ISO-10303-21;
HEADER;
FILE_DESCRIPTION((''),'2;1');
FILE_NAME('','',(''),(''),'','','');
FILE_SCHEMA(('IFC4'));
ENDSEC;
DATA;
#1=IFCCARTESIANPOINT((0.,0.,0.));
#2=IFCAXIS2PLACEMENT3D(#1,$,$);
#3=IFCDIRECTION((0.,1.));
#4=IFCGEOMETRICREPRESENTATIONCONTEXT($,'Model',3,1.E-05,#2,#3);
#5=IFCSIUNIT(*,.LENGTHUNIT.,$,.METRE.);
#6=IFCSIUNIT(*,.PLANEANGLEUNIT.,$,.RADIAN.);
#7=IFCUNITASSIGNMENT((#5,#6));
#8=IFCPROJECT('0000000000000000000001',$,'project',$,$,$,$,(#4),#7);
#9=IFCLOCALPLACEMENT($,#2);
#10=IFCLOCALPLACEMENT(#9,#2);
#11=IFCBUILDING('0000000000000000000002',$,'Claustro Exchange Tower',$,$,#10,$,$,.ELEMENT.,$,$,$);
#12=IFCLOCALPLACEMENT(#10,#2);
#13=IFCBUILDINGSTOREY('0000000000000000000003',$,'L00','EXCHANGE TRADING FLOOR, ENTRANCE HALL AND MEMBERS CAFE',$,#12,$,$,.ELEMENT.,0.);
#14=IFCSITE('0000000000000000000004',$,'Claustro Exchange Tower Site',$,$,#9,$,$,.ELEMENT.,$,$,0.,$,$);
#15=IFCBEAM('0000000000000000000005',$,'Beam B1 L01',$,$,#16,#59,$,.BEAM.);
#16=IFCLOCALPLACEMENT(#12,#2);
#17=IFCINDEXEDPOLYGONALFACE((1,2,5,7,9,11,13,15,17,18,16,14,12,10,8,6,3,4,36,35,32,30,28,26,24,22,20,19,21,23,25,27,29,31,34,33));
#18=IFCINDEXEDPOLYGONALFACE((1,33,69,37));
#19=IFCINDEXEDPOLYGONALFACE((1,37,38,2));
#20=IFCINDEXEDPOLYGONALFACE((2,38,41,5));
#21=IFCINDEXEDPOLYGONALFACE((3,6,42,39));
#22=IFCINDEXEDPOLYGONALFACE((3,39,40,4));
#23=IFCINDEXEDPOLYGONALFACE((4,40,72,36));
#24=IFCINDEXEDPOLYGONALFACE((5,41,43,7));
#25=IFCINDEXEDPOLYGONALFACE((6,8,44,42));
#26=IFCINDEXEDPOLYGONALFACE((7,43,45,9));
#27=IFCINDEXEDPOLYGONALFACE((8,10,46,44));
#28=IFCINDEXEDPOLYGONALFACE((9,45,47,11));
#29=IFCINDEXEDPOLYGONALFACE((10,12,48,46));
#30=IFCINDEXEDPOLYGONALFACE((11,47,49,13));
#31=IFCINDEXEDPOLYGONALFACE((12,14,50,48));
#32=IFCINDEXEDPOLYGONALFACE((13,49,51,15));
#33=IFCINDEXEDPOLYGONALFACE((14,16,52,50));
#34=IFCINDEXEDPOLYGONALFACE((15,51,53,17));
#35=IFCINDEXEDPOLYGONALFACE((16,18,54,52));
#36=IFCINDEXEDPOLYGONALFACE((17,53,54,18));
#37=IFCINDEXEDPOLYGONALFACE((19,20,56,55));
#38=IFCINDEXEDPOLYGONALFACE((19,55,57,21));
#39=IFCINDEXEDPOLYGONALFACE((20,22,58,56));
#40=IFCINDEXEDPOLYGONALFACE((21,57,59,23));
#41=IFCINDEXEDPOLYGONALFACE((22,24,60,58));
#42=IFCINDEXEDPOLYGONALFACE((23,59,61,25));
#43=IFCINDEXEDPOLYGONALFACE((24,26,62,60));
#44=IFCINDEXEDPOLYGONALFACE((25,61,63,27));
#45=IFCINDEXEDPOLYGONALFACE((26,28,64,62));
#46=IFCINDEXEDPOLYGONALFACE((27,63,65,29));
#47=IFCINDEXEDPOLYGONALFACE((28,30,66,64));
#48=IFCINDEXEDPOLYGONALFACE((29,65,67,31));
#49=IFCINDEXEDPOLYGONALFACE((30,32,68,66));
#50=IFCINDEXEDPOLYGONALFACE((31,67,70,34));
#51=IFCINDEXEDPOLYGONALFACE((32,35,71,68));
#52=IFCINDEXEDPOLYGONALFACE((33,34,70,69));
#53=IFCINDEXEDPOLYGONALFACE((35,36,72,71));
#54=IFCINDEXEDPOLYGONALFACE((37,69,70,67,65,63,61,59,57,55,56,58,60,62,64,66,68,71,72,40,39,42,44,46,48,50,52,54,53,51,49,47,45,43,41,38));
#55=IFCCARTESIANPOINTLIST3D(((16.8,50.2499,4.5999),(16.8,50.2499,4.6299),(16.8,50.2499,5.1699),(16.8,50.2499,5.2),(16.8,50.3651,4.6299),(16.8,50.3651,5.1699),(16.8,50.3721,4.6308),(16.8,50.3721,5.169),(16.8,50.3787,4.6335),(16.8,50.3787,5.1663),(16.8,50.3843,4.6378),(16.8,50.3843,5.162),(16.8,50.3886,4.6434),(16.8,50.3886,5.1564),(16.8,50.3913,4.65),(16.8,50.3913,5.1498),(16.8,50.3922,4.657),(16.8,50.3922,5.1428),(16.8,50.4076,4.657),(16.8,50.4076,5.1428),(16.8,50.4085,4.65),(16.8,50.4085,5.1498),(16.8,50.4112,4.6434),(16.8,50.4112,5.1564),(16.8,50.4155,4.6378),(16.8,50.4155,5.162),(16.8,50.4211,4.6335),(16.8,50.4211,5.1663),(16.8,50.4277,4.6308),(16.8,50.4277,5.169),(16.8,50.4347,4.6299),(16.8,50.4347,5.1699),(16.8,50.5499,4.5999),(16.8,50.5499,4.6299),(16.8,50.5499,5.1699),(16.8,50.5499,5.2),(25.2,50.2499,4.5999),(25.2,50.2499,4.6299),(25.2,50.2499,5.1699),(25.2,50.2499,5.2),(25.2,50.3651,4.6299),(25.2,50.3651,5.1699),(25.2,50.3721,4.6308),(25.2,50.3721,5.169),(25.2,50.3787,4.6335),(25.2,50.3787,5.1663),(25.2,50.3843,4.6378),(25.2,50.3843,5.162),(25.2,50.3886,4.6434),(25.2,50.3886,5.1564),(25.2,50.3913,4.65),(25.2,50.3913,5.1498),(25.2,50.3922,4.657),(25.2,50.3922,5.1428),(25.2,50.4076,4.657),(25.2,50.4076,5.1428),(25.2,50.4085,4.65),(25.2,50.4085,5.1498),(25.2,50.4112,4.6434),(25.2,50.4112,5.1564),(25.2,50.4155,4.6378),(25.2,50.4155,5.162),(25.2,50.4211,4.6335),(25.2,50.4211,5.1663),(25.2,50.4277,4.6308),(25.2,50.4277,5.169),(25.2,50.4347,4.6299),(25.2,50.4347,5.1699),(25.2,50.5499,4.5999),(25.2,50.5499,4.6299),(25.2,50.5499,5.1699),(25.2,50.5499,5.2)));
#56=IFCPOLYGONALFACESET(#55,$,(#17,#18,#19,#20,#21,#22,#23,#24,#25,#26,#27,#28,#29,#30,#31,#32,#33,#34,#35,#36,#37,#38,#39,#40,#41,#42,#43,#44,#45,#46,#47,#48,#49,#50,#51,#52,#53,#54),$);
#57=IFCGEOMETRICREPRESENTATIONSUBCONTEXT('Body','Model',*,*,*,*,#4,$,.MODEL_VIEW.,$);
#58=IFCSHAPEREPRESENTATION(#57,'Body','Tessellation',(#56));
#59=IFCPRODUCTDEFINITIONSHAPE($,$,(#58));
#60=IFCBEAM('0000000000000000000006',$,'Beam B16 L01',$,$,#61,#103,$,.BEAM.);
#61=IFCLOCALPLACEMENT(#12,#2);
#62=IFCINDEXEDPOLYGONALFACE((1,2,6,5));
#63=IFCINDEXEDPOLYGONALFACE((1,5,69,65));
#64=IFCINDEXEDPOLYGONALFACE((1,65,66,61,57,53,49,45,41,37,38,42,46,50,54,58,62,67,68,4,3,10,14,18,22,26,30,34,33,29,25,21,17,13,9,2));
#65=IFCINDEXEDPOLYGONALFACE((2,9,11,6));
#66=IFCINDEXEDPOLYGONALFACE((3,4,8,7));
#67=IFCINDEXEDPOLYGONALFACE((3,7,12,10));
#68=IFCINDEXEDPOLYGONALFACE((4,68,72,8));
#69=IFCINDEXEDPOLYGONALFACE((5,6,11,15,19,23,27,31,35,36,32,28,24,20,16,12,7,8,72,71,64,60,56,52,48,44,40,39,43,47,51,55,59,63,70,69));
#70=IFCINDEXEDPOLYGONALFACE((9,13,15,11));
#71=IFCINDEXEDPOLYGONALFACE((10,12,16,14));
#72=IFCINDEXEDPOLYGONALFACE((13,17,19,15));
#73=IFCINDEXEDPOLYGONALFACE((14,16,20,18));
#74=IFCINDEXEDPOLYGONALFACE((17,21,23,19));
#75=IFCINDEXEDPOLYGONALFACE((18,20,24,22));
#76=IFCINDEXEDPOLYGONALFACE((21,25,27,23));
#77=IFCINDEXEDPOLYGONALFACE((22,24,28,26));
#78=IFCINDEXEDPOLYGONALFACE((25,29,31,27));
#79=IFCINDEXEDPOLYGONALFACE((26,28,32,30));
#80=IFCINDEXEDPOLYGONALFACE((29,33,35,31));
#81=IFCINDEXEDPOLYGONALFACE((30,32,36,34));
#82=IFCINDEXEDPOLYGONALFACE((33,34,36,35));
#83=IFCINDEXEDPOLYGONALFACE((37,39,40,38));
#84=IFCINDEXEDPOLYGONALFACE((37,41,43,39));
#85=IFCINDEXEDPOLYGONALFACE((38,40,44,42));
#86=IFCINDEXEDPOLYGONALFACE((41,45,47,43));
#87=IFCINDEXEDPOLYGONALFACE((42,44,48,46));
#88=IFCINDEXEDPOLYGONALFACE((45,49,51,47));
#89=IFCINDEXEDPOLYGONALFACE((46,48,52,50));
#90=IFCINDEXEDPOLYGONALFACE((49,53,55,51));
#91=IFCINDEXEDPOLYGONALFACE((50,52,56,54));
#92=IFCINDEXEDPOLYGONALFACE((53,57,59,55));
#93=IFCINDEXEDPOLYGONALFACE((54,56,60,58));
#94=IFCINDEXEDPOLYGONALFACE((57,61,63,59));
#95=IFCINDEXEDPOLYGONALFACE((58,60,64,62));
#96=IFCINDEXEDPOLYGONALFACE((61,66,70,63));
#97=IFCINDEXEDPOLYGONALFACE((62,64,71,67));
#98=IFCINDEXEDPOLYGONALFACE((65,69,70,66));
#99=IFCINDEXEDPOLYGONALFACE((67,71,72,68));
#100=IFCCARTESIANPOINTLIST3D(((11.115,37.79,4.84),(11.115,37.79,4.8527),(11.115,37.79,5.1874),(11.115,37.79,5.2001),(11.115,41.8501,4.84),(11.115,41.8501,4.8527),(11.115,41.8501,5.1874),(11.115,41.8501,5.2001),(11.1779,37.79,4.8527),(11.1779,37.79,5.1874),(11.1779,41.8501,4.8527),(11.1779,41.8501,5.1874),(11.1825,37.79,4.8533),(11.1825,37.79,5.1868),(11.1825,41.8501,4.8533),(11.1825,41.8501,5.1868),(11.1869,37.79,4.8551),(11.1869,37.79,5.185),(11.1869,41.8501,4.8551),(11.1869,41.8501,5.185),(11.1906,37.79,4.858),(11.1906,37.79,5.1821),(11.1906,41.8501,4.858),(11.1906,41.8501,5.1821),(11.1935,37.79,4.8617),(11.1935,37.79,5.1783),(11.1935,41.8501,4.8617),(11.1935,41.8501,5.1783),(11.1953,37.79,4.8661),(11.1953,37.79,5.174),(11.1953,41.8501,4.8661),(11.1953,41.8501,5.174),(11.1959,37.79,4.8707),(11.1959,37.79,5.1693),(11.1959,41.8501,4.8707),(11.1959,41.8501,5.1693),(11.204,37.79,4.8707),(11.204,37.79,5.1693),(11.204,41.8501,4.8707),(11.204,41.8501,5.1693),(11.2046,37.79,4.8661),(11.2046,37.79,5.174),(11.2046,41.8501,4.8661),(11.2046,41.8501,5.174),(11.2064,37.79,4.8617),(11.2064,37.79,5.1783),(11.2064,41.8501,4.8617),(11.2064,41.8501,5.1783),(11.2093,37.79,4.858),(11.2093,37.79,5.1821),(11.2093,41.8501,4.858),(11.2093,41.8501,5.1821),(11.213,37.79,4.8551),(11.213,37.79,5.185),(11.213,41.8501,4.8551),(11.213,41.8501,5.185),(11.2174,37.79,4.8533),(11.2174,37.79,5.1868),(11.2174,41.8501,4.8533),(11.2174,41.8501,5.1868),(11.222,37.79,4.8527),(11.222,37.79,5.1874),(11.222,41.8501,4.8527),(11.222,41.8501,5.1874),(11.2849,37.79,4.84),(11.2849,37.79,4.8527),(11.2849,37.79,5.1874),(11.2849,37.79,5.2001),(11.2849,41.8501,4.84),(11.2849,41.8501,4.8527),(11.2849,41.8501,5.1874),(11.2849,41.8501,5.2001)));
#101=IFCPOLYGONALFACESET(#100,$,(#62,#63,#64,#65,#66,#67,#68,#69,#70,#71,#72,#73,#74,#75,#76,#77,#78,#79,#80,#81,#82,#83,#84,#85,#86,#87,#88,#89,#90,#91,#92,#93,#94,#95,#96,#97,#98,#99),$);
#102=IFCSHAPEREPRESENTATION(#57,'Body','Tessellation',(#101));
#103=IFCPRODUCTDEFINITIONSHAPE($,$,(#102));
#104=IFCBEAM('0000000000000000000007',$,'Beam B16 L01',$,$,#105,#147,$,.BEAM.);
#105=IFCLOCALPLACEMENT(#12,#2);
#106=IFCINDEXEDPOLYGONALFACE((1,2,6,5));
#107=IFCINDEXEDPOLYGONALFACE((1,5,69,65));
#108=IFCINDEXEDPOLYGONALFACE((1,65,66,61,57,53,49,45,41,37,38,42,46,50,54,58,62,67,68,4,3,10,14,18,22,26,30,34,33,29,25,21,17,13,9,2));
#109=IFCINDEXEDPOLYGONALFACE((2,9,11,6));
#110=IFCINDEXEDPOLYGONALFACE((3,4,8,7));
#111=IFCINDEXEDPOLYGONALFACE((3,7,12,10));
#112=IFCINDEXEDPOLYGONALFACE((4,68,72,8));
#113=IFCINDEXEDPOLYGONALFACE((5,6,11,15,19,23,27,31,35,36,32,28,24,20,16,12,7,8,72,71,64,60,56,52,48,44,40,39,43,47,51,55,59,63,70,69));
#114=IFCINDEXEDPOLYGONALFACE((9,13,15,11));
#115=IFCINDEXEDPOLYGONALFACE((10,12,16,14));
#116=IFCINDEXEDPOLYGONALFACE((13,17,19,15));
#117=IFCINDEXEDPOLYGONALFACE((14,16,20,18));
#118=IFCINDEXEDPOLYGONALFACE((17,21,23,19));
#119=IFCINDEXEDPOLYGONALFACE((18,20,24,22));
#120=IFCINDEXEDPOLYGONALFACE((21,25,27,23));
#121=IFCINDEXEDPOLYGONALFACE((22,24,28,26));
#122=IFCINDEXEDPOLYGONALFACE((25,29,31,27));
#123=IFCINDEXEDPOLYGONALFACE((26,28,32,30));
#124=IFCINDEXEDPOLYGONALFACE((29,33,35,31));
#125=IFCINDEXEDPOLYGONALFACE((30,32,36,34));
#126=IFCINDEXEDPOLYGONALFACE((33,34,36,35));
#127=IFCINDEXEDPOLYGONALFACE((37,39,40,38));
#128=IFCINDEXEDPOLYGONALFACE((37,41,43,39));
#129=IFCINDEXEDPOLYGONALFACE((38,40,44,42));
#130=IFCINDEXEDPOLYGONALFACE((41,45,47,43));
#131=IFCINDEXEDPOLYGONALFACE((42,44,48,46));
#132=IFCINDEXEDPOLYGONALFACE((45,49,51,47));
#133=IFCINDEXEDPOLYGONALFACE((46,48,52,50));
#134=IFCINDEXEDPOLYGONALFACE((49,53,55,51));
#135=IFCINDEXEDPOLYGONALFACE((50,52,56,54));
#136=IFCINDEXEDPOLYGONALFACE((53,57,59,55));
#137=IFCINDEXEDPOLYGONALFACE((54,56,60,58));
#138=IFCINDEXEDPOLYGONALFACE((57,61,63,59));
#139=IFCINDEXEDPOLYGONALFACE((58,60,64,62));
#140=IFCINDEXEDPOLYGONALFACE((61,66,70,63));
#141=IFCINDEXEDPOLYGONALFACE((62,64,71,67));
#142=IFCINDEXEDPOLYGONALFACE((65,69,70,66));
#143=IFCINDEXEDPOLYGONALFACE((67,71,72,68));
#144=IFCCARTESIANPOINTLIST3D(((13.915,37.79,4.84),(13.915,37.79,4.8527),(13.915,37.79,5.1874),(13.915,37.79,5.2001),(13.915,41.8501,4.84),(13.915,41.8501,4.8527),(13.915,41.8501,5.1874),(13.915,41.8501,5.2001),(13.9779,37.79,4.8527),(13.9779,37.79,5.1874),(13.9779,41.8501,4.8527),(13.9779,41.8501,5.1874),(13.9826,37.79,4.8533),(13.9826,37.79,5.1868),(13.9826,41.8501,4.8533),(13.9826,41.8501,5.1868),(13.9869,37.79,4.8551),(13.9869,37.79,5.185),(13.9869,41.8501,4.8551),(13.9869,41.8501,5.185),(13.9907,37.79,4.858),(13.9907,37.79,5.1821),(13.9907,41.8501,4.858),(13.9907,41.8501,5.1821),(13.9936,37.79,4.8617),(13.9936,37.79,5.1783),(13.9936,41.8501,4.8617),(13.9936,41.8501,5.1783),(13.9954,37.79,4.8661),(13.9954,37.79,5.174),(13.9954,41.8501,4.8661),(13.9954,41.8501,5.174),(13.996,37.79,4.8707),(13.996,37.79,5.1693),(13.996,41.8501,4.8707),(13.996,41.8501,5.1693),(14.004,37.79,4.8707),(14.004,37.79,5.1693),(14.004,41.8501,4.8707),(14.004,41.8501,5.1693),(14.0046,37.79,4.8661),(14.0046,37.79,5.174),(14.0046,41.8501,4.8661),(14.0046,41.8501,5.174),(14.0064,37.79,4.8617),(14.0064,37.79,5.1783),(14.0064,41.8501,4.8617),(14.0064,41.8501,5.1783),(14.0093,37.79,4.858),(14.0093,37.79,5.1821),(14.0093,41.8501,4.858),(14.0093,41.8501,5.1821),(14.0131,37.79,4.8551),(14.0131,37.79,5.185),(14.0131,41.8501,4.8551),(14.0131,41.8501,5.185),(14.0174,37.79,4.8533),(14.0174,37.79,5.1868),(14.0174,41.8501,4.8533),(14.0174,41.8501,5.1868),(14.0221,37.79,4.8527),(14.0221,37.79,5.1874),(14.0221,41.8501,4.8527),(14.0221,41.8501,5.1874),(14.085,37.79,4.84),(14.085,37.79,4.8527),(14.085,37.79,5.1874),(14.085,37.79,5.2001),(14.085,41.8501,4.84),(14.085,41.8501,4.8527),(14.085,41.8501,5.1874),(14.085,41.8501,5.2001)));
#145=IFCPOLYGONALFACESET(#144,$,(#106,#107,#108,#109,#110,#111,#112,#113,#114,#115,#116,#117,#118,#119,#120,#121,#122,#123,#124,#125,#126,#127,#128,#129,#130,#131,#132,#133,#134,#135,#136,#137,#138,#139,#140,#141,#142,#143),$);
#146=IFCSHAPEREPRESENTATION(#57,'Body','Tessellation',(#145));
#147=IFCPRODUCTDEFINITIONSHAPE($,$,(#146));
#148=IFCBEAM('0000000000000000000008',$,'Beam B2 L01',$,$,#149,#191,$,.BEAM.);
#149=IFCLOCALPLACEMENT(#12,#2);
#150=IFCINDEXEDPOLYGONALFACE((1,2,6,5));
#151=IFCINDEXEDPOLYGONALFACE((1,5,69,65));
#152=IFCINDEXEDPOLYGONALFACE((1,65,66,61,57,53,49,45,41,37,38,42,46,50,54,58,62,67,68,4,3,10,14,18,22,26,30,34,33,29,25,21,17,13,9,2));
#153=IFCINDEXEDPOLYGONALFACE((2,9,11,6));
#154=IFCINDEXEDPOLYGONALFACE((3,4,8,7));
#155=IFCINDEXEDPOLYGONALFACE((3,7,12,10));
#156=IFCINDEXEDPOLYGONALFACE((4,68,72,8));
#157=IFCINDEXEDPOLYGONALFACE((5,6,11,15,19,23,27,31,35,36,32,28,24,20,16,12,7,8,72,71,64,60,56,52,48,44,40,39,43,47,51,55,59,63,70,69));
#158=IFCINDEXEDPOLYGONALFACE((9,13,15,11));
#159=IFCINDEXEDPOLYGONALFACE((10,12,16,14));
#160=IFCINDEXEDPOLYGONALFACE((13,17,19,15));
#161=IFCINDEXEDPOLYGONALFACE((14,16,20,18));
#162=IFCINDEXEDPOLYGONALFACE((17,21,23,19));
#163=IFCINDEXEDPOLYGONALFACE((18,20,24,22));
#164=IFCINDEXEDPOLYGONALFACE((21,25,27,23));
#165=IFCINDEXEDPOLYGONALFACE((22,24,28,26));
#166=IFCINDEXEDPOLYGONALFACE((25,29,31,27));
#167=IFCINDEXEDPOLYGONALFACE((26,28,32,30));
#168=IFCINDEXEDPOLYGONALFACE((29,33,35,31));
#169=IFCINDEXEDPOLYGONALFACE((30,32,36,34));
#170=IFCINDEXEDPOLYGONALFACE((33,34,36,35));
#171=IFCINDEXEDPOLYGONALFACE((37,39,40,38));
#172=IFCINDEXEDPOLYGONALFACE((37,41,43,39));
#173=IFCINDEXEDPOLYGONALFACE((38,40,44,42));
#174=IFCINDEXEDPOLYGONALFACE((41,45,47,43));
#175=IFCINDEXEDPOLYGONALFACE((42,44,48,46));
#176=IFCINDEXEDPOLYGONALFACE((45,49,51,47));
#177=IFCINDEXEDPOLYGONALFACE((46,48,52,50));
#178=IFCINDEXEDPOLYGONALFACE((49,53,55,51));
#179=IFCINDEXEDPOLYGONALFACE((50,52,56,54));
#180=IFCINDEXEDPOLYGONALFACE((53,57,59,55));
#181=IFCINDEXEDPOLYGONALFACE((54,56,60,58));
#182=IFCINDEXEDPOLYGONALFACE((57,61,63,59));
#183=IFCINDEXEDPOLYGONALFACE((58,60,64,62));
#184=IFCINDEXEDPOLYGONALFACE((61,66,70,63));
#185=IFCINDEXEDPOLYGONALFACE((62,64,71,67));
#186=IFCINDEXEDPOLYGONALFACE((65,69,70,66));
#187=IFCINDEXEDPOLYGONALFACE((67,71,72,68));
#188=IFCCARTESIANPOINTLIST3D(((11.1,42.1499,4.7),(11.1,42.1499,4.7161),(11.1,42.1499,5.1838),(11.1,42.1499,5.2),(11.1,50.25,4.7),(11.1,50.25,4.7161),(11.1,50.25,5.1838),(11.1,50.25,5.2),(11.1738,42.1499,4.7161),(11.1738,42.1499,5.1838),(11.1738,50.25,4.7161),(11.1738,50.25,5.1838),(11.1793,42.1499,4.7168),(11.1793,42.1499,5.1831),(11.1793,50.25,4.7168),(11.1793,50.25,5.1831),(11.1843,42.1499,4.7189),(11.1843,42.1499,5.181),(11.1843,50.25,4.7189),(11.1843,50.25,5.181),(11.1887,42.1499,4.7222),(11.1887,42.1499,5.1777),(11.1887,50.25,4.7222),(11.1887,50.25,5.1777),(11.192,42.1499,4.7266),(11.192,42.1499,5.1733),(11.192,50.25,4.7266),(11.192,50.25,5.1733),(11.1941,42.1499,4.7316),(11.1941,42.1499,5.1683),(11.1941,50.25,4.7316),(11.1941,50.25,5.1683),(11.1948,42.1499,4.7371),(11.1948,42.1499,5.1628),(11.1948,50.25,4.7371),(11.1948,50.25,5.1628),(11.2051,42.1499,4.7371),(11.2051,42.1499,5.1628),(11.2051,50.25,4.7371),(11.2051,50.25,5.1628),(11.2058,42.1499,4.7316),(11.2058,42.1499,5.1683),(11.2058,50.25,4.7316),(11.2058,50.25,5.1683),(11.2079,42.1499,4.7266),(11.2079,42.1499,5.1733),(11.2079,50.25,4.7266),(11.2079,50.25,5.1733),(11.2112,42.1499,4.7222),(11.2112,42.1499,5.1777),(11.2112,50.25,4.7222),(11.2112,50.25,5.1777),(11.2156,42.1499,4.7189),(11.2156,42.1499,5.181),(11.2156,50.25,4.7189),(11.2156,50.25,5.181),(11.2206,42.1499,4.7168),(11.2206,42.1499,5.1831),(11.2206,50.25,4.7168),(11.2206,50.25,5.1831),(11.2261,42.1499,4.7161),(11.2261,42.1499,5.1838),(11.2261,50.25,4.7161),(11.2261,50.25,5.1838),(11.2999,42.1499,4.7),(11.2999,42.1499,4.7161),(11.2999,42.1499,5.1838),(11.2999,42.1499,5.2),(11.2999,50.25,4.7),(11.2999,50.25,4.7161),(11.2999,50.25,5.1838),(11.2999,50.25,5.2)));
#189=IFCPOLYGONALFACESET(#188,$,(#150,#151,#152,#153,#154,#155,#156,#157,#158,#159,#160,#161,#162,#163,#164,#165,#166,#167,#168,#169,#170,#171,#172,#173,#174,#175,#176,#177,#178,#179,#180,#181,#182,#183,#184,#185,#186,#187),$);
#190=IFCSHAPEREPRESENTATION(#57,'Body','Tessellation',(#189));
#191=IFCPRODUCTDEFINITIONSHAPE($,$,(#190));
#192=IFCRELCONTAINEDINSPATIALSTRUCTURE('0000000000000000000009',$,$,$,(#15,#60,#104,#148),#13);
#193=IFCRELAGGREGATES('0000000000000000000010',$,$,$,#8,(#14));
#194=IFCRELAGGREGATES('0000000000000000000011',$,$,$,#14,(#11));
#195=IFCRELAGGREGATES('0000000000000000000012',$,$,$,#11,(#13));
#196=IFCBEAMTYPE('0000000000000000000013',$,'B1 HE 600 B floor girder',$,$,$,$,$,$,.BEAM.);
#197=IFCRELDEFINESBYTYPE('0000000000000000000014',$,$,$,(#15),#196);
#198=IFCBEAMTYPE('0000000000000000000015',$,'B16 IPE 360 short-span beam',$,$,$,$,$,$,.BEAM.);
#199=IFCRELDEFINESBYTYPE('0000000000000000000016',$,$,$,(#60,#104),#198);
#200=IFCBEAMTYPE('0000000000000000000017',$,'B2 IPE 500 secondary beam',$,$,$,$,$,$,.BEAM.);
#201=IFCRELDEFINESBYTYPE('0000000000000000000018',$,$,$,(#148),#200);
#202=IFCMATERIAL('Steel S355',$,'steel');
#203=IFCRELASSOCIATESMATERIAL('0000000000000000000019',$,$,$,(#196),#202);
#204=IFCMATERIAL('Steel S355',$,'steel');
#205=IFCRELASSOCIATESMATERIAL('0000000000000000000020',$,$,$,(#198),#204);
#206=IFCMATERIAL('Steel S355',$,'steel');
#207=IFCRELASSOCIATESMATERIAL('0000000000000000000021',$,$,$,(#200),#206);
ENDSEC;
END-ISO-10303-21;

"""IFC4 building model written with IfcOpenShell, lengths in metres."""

from ifc_helpers import new_model, si_unit, direction, frame, origin, origin_2d, place, context, subcontext, project, spatial, i_section, extrude, material, material_profile, profile_set, type_object, element, save


model = new_model("IFC4")

# Units and contexts
model_context = context("Model", 3, precision=1e-05, world=origin(), true_north=direction((0.0, 1.0)))
body_context = subcontext(model_context, "Body", "Model", "MODEL_VIEW")
ifc_project = project(units=[si_unit("LENGTHUNIT", "METRE"), si_unit("PLANEANGLEUNIT", "RADIAN")], contexts=[model_context])

# Site, building, storey
site_placement = place(None, origin())
site = spatial("IfcSite", under=ifc_project, at=site_placement, Name="Claustro Exchange Tower Site", CompositionType="ELEMENT", RefElevation=0.0)
building_placement = place(site_placement, origin())
building = spatial("IfcBuilding", under=site, at=building_placement, Name="Claustro Exchange Tower", CompositionType="ELEMENT")
storey_placement = place(building_placement, origin())
storey = spatial("IfcBuildingStorey", under=building, at=storey_placement, Name="L00", Description="EXCHANGE TRADING FLOOR, ENTRANCE HALL AND MEMBERS CAFE", CompositionType="ELEMENT", Elevation=0.0)

# Beams
ifc_material_1 = material(Name="Steel S355", Category="steel")
ifc_material_profile_1 = material_profile(ifc_material_1, i_section(OverallWidth=0.3, OverallDepth=0.6001, WebThickness=0.0154, FlangeThickness=0.03, FilletRadius=0.0271, at=origin_2d()), Name="HE 600 B")
ifc_profile_set_1 = profile_set([ifc_material_profile_1], Name="Steel S355")
beam_type_1 = type_object("IfcBeamType", Name="B1 HE 600 B floor girder", PredefinedType="BEAM", material=ifc_profile_set_1)
beam_1_placement = place(storey_placement, frame((16.8, 50.3999, 4.8999), z_axis=(1.0, 0.0, 0.0), x_axis=(0.0, 1.0, 0.0)))
element("IfcBeam", 1, at=beam_1_placement, inside=storey, type_object=beam_type_1, Name="Beam B1 L01", PredefinedType="BEAM", context=body_context, shape_type="SweptSolid", body=[
    extrude(i_section(OverallWidth=0.3, OverallDepth=0.6001, WebThickness=0.0154, FlangeThickness=0.03, FilletRadius=0.0271, at=origin_2d()), origin(), (0.0, 0.0, 1.0), 8.3999),
])
ifc_material_2 = material(Name="Steel S355", Category="steel")
ifc_material_profile_2 = material_profile(ifc_material_2, i_section(OverallWidth=0.1699, OverallDepth=0.3601, WebThickness=0.0081, FlangeThickness=0.0127, FilletRadius=0.0181, at=origin_2d()), Name="IPE 360")
ifc_profile_set_2 = profile_set([ifc_material_profile_2], Name="Steel S355")
beam_type_2 = type_object("IfcBeamType", Name="B16 IPE 360 short-span beam", PredefinedType="BEAM", material=ifc_profile_set_2)
for number, where, z_axis, x_axis, name in (
    (2, (11.2, 37.79, 5.02), (0.0, 1.0, 0.0), (-1.0, 0.0, 0.0), "Beam B16 L01"),
    (3, (14.0, 37.79, 5.02), (0.0, 1.0, 0.0), (-1.0, 0.0, 0.0), "Beam B16 L01"),
):
    element("IfcBeam", number, at=place(storey_placement, frame(where, z_axis=z_axis, x_axis=x_axis)), inside=storey, type_object=beam_type_2, Name=name, PredefinedType="BEAM", context=body_context, shape_type="SweptSolid", body=[
        extrude(i_section(OverallWidth=0.1699, OverallDepth=0.3601, WebThickness=0.0081, FlangeThickness=0.0127, FilletRadius=0.0181, at=origin_2d()), origin(), (0.0, 0.0, 1.0), 4.0601),
    ])
ifc_material_3 = material(Name="Steel S355", Category="steel")
ifc_material_profile_3 = material_profile(ifc_material_3, i_section(OverallWidth=0.2, OverallDepth=0.5, WebThickness=0.0103, FlangeThickness=0.0161, FilletRadius=0.021, at=origin_2d()), Name="IPE 500")
ifc_profile_set_3 = profile_set([ifc_material_profile_3], Name="Steel S355")
beam_type_3 = type_object("IfcBeamType", Name="B2 IPE 500 secondary beam", PredefinedType="BEAM", material=ifc_profile_set_3)
for number, where, z_axis, x_axis, name in (
    (4, (11.2, 42.1499, 4.95), (0.0, 1.0, 0.0), (-1.0, 0.0, 0.0), "Beam B2 L01"),
):
    element("IfcBeam", number, at=place(storey_placement, frame(where, z_axis=z_axis, x_axis=x_axis)), inside=storey, type_object=beam_type_3, Name=name, PredefinedType="BEAM", context=body_context, shape_type="SweptSolid", body=[
        extrude(i_section(OverallWidth=0.2, OverallDepth=0.5, WebThickness=0.0103, FlangeThickness=0.0161, FilletRadius=0.021, at=origin_2d()), origin(), (0.0, 0.0, 1.0), 8.1001),
    ])

save(model, "model.ifc")
